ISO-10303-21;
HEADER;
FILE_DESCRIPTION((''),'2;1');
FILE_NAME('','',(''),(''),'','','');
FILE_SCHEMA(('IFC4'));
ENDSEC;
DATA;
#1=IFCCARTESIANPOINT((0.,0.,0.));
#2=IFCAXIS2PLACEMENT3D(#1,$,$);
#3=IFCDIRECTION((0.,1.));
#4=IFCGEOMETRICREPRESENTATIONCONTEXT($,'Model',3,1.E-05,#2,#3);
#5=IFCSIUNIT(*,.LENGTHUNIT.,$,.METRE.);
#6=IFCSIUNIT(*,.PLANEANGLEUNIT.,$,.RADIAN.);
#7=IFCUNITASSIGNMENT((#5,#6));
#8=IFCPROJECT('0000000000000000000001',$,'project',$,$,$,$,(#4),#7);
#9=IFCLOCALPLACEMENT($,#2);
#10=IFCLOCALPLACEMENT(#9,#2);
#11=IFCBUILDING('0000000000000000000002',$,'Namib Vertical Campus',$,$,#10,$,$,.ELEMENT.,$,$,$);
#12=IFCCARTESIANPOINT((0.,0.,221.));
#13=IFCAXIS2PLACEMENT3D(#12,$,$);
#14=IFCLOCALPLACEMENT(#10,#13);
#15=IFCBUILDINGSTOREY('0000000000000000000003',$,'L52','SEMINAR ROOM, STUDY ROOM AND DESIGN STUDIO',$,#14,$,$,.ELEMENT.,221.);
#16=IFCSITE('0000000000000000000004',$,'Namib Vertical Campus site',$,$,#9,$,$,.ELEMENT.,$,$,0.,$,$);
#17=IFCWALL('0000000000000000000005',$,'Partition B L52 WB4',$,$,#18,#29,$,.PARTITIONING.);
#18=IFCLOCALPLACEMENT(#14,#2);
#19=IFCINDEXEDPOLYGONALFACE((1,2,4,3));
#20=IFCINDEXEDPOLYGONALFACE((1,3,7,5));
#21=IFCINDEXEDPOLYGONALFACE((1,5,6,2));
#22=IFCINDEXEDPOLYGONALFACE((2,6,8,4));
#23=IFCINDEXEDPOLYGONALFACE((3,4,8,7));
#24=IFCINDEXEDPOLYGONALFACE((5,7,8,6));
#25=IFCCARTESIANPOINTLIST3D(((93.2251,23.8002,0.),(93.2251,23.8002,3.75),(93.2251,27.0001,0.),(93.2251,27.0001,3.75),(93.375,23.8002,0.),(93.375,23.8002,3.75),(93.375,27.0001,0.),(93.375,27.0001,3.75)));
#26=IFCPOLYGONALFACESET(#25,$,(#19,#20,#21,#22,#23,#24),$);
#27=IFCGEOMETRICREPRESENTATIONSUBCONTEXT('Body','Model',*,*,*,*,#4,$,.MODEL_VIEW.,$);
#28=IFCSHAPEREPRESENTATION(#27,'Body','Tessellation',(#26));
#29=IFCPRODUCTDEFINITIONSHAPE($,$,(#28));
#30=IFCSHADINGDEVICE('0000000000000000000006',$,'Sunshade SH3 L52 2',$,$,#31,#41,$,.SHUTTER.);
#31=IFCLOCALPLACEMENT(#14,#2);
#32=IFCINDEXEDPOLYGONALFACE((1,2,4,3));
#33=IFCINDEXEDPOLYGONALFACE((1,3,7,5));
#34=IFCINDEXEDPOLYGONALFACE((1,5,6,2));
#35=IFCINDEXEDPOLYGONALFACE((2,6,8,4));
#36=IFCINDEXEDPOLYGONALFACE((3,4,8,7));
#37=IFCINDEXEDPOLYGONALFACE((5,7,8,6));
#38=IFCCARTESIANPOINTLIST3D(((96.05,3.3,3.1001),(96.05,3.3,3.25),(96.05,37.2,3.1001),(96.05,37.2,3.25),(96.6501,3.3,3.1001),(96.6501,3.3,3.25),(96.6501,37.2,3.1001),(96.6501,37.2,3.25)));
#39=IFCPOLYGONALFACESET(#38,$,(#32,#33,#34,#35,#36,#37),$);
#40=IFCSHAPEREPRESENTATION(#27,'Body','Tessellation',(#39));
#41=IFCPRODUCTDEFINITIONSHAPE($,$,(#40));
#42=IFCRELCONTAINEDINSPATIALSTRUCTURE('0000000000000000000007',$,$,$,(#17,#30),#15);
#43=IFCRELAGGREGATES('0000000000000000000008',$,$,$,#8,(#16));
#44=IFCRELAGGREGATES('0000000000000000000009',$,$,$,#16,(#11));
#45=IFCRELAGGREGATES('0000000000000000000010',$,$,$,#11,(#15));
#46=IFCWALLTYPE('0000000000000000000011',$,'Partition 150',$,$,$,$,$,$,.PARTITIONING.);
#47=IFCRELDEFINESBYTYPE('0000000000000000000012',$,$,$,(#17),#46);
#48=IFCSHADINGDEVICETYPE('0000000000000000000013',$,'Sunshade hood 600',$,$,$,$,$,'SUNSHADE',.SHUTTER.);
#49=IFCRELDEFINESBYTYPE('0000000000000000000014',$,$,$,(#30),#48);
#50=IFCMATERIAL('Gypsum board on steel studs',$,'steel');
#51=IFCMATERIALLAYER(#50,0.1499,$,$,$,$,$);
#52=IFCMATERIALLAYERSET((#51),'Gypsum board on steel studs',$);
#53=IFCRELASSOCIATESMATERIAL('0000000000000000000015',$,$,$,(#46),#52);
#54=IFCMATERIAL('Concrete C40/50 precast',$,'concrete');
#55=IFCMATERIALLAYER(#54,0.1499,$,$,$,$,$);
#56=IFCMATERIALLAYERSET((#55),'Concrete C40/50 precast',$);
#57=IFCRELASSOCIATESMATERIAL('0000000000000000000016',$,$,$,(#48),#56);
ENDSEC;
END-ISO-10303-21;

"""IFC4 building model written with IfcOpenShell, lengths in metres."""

from ifc_helpers import new_model, si_unit, direction, frame, frame_2d, origin, origin_2d, place, context, subcontext, project, spatial, rectangle, extrude, material, layer, layer_set, type_object, element, save


model = new_model("IFC4")

# Units and contexts
model_context = context("Model", 3, precision=1e-05, world=origin(), true_north=direction((0.0, 1.0)))
body_context = subcontext(model_context, "Body", "Model", "MODEL_VIEW")
ifc_project = project(units=[si_unit("LENGTHUNIT", "METRE"), si_unit("PLANEANGLEUNIT", "RADIAN")], contexts=[model_context])

# Site, building, storey
site_placement = place(None, origin())
site = spatial("IfcSite", under=ifc_project, at=site_placement, Name="Namib Vertical Campus site", CompositionType="ELEMENT", RefElevation=0.0)
building_placement = place(site_placement, origin())
building = spatial("IfcBuilding", under=site, at=building_placement, Name="Namib Vertical Campus", CompositionType="ELEMENT")
storey_placement = place(building_placement, frame((0.0, 0.0, 221.0)))
storey = spatial("IfcBuildingStorey", under=building, at=storey_placement, Name="L52", Description="SEMINAR ROOM, STUDY ROOM AND DESIGN STUDIO", CompositionType="ELEMENT", Elevation=221.0)

# Wall
ifc_material_1 = material(Name="Gypsum board on steel studs", Category="steel")
ifc_layer_1 = layer(ifc_material_1, 0.1499)
ifc_layer_set_1 = layer_set([ifc_layer_1], Name="Gypsum board on steel studs")
wall_type_1 = type_object("IfcWallType", Name="Partition 150", PredefinedType="PARTITIONING", material=ifc_layer_set_1)
wall_1_placement = place(storey_placement, frame((93.3, 23.8, 0.0), z_axis=(0.0, 0.0, 1.0), x_axis=(0.0, 1.0, 0.0)))
element("IfcWall", 1, at=wall_1_placement, inside=storey, type_object=wall_type_1, Name="Partition B L52 WB4", PredefinedType="PARTITIONING", context=body_context, shape_type="SweptSolid", body=[
    extrude(rectangle(XDim=3.2, YDim=0.1499, at=frame_2d((1.6001, 0.0))), origin(), (0.0, 0.0, 1.0), 3.75),
])

# Shading device
ifc_material_2 = material(Name="Concrete C40/50 precast", Category="concrete")
ifc_layer_2 = layer(ifc_material_2, 0.1499)
ifc_layer_set_2 = layer_set([ifc_layer_2], Name="Concrete C40/50 precast")
shading_device_type = type_object("IfcShadingDeviceType", Name="Sunshade hood 600", ElementType="SUNSHADE", PredefinedType="SHUTTER", material=ifc_layer_set_2)
shading_device_placement = place(storey_placement, frame((96.3501, 20.25, 3.1001), z_axis=(0.0, 0.0, 1.0), x_axis=(0.0, 1.0, 0.0)))
element("IfcShadingDevice", 2, at=shading_device_placement, inside=storey, type_object=shading_device_type, Name="Sunshade SH3 L52 2", PredefinedType="SHUTTER", context=body_context, shape_type="SweptSolid", body=[
    extrude(rectangle(XDim=33.8999, YDim=0.6001, at=origin_2d()), origin(), (0.0, 0.0, 1.0), 0.1499),
])

save(model, "model.ifc")
